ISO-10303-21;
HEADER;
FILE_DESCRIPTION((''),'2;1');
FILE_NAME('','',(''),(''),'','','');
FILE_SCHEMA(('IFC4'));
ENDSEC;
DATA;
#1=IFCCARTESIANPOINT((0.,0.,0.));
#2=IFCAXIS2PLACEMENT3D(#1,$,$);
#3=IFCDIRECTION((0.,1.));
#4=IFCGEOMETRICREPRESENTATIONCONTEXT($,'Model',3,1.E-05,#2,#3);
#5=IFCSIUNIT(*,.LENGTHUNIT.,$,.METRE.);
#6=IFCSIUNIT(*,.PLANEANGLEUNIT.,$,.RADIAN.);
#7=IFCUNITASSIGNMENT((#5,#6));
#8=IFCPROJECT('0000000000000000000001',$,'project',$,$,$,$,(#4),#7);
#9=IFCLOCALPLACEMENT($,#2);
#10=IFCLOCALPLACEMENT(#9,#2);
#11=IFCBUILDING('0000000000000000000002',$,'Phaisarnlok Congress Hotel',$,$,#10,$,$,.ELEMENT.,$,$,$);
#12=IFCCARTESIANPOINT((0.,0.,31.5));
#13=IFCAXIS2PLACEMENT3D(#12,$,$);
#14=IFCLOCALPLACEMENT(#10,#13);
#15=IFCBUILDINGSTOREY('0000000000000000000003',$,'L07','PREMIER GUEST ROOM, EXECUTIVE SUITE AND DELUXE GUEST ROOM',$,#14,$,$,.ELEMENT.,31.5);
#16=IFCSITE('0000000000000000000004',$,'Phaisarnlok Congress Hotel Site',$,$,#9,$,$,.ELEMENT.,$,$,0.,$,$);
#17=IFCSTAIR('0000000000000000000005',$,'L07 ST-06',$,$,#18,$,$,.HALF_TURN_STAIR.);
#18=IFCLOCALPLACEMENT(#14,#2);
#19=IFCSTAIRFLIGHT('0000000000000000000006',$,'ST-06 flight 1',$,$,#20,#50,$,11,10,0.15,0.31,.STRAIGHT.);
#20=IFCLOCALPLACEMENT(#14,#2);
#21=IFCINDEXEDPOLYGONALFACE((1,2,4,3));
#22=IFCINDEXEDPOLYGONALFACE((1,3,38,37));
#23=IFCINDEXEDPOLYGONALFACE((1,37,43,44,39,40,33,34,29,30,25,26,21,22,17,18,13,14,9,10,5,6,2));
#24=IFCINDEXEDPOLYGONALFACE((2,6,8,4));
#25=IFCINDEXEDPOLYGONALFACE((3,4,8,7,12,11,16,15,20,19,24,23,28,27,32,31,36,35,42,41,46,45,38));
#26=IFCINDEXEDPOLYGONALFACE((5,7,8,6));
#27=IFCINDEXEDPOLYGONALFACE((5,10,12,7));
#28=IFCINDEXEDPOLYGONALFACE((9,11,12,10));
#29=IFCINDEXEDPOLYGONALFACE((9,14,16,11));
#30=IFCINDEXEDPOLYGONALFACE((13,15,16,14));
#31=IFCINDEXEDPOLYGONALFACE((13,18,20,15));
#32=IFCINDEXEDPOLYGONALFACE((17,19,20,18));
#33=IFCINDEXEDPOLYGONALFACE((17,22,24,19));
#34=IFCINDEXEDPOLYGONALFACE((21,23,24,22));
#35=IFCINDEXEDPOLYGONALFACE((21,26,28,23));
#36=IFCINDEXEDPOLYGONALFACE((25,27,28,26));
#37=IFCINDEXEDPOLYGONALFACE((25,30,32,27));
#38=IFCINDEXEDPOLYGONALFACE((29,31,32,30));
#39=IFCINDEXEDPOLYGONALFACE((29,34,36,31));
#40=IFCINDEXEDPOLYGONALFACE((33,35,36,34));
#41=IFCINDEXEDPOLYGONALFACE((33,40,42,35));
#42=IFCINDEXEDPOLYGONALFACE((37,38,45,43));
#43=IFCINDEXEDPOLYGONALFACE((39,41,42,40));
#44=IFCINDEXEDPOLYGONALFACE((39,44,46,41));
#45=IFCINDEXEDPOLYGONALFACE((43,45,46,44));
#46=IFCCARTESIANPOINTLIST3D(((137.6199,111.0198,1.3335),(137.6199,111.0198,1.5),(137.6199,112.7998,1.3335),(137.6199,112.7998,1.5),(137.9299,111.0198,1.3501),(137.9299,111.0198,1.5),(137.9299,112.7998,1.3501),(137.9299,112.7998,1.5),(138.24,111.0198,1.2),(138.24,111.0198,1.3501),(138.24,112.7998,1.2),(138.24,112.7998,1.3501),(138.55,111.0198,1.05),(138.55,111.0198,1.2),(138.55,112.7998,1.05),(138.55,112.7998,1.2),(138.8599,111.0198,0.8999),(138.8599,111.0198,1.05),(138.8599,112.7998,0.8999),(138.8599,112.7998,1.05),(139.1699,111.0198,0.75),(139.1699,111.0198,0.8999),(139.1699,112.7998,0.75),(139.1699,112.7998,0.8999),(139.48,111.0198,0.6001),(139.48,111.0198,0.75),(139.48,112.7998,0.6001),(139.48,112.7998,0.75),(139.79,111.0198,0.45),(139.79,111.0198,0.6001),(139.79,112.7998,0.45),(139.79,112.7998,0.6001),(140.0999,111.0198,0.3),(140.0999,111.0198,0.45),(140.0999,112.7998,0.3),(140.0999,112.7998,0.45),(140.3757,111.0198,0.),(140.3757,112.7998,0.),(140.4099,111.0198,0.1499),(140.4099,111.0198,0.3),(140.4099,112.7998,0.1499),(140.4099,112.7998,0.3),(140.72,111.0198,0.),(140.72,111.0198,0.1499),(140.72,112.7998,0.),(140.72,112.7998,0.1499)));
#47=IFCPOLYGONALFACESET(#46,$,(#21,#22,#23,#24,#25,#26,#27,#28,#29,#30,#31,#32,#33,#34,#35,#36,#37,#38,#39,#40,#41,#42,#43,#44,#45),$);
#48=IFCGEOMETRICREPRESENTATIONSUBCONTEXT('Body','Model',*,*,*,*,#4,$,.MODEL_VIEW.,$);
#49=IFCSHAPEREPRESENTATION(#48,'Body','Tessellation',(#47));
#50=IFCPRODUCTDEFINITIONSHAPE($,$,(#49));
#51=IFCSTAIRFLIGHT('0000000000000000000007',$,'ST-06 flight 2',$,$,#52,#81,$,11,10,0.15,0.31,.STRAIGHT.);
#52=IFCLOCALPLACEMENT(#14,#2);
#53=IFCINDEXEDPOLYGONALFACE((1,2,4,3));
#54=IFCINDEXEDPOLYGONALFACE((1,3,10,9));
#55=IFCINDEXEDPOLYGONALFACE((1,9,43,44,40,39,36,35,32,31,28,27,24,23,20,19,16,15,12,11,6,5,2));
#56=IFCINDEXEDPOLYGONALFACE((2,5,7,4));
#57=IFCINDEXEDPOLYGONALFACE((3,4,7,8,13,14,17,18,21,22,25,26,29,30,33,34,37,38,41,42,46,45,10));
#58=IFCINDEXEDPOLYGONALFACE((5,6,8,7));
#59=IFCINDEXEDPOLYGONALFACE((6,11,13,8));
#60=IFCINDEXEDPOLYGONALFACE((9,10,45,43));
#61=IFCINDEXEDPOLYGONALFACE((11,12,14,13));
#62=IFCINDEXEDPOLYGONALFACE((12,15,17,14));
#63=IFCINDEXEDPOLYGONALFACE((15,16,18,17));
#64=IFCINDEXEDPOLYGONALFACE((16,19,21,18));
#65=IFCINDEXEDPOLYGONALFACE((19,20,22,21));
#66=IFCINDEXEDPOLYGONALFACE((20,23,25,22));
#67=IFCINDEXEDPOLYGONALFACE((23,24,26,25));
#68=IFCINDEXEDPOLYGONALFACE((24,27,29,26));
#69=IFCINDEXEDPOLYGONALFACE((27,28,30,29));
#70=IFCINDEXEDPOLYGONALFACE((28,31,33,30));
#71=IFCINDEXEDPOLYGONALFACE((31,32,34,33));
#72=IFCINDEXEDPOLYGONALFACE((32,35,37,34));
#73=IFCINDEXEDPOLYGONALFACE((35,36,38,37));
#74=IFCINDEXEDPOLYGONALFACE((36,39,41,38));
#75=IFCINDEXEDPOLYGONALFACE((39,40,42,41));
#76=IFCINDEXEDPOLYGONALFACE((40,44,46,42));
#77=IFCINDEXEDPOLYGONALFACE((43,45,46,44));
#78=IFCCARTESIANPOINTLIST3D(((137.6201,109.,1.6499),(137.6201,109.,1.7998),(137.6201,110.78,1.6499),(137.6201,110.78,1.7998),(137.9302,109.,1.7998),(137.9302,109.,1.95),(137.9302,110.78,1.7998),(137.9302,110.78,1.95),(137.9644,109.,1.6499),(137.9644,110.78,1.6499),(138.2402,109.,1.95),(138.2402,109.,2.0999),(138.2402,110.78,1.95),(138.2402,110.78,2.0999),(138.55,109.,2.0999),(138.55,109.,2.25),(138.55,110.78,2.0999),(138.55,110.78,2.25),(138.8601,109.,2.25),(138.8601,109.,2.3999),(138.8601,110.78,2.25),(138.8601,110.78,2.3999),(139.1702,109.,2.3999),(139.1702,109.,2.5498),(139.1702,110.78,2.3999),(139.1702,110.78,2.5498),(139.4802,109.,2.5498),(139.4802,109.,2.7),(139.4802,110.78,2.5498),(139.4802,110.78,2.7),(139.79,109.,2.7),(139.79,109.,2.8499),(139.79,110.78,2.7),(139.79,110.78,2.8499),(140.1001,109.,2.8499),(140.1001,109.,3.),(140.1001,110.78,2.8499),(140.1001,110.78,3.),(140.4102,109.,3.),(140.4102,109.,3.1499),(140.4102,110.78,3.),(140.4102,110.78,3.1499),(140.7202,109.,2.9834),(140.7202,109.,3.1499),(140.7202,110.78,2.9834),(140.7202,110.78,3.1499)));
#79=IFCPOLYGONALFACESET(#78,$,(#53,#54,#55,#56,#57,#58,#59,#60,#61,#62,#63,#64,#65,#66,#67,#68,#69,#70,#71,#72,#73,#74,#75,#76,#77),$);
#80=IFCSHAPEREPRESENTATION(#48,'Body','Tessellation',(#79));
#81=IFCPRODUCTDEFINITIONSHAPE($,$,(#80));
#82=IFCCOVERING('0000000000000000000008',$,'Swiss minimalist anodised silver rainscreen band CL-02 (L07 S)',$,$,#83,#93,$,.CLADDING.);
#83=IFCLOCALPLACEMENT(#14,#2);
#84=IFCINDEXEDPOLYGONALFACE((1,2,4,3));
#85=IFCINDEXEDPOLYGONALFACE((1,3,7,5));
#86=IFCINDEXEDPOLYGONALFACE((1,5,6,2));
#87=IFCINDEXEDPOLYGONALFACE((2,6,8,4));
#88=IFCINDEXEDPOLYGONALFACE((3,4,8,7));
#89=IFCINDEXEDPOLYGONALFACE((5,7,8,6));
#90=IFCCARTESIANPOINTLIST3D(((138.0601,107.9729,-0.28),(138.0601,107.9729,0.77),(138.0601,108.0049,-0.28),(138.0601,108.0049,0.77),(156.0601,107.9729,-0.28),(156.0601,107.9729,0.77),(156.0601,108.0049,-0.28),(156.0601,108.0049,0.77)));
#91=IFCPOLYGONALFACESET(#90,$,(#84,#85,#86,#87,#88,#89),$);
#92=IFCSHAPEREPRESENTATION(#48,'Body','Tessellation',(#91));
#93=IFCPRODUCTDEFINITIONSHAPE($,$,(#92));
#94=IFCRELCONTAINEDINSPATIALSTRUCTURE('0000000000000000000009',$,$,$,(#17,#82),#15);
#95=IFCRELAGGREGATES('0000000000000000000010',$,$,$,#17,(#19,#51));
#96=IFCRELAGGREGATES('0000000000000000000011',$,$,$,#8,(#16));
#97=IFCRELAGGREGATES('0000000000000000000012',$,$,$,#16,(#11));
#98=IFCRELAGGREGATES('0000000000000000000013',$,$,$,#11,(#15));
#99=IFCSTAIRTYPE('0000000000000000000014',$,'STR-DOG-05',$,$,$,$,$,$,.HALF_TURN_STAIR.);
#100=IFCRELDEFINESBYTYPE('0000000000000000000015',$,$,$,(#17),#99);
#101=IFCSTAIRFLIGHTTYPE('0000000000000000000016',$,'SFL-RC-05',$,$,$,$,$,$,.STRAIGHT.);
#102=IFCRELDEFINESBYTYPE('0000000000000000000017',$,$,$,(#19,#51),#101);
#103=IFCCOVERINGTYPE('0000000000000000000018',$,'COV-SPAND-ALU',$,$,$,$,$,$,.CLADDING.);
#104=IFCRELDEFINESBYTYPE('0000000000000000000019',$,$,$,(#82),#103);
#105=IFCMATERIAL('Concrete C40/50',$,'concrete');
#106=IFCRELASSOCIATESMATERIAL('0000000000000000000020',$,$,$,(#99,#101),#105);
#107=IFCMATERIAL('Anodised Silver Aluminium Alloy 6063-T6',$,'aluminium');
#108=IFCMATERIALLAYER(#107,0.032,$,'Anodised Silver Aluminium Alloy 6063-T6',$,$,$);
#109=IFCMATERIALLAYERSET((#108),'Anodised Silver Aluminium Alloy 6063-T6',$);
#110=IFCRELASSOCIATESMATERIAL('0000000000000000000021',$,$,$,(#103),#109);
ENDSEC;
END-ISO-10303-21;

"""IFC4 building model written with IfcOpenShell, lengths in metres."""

from ifc_helpers import new_model, si_unit, direction, frame, origin, place, context, subcontext, project, spatial, polyline, outline, extrude, material, layer, layer_set, type_object, element, aggregate, save


model = new_model("IFC4")

# Units and contexts
model_context = context("Model", 3, precision=1e-05, world=origin(), true_north=direction((0.0, 1.0)))
body_context = subcontext(model_context, "Body", "Model", "MODEL_VIEW")
ifc_project = project(units=[si_unit("LENGTHUNIT", "METRE"), si_unit("PLANEANGLEUNIT", "RADIAN")], contexts=[model_context])

# Site, building, storey
site_placement = place(None, origin())
site = spatial("IfcSite", under=ifc_project, at=site_placement, Name="Phaisarnlok Congress Hotel Site", CompositionType="ELEMENT", RefElevation=0.0)
building_placement = place(site_placement, origin())
building = spatial("IfcBuilding", under=site, at=building_placement, Name="Phaisarnlok Congress Hotel", CompositionType="ELEMENT")
storey_placement = place(building_placement, frame((0.0, 0.0, 31.5)))
storey = spatial("IfcBuildingStorey", under=building, at=storey_placement, Name="L07", Description="PREMIER GUEST ROOM, EXECUTIVE SUITE AND DELUXE GUEST ROOM", CompositionType="ELEMENT", Elevation=31.5)

# Shared definitions
ifc_material_1 = material(Name="Concrete C40/50", Category="concrete")

# Stair, stair flights
stair_type = type_object("IfcStairType", Name="STR-DOG-05", PredefinedType="HALF_TURN_STAIR", material=ifc_material_1)
stair_placement = place(storey_placement, origin())
stair = element("IfcStair", 1, at=stair_placement, inside=storey, type_object=stair_type, Name="L07 ST-06", PredefinedType="HALF_TURN_STAIR")
stair_flight_type = type_object("IfcStairFlightType", Name="SFL-RC-05", PredefinedType="STRAIGHT", material=ifc_material_1)
stair_flight_1_placement = place(storey_placement, frame((140.72, 111.9099, 0.0), z_axis=(0.0, 0.0, 1.0), x_axis=(-1.0, 0.0, 0.0)))
stair_flight_1 = element("IfcStairFlight", 2, at=stair_flight_1_placement, type_object=stair_flight_type, Name="ST-06 flight 1", NumberOfRisers=11, NumberOfTreads=10, PredefinedType="STRAIGHT", RiserHeight=0.15, TreadLength=0.31, context=body_context, shape_type="SweptSolid", body=[
    extrude(outline(polyline([(0.0, 0.0), (0.0, 0.1499), (0.3101, 0.1499), (0.3101, 0.3), (0.6201, 0.3), (0.6201, 0.45), (0.9299, 0.45), (0.9299, 0.6001), (1.24, 0.6001), (1.24, 0.75), (1.55, 0.75), (1.55, 0.8999), (1.8601, 0.8999), (1.8601, 1.05), (2.1699, 1.05), (2.1699, 1.2), (2.48, 1.2), (2.48, 1.3501), (2.79, 1.3501), (2.79, 1.5), (3.1001, 1.5), (3.1001, 1.6499), (3.1001, 1.3335), (0.3442, 0.0), (0.0, 0.0)])), frame((0.0, 0.8901, 0.0), z_axis=(0.0, -1.0, 0.0), x_axis=(1.0, 0.0, 0.0)), (0.0, 0.0, 1.0), 1.78),
])
stair_flight_2_placement = place(storey_placement, frame((137.6201, 109.8899, 1.6499), z_axis=(0.0, 0.0, 1.0), x_axis=(1.0, 0.0, 0.0)))
stair_flight_2 = element("IfcStairFlight", 3, at=stair_flight_2_placement, type_object=stair_flight_type, Name="ST-06 flight 2", NumberOfRisers=11, NumberOfTreads=10, PredefinedType="STRAIGHT", RiserHeight=0.15, TreadLength=0.31, context=body_context, shape_type="SweptSolid", body=[
    extrude(outline(polyline([(0.0, 0.0), (0.0, 0.1499), (0.3101, 0.1499), (0.3101, 0.3), (0.6201, 0.3), (0.6201, 0.45), (0.9299, 0.45), (0.9299, 0.6001), (1.24, 0.6001), (1.24, 0.75), (1.55, 0.75), (1.55, 0.8999), (1.8601, 0.8999), (1.8601, 1.05), (2.1699, 1.05), (2.1699, 1.2), (2.48, 1.2), (2.48, 1.3501), (2.79, 1.3501), (2.79, 1.5), (3.1001, 1.5), (3.1001, 1.6499), (3.1001, 1.3335), (0.3442, 0.0), (0.0, 0.0)])), frame((0.0, 0.8901, 0.0), z_axis=(0.0, -1.0, 0.0), x_axis=(1.0, 0.0, 0.0)), (0.0, 0.0, 1.0), 1.78),
])
aggregate(stair, [stair_flight_1, stair_flight_2])

# Covering
ifc_material_2 = material(Name="Anodised Silver Aluminium Alloy 6063-T6", Category="aluminium")
ifc_layer_1 = layer(ifc_material_2, 0.032, Name="Anodised Silver Aluminium Alloy 6063-T6")
ifc_layer_set_1 = layer_set([ifc_layer_1], Name="Anodised Silver Aluminium Alloy 6063-T6")
covering_type = type_object("IfcCoveringType", Name="COV-SPAND-ALU", PredefinedType="CLADDING", material=ifc_layer_set_1)
covering_placement = place(storey_placement, frame((138.0601, 108.0049, -0.28), z_axis=(0.0, -1.0, 0.0), x_axis=(1.0, 0.0, 0.0)))
element("IfcCovering", 4, at=covering_placement, inside=storey, type_object=covering_type, Name="Swiss minimalist anodised silver rainscreen band CL-02 (L07 S)", PredefinedType="CLADDING", context=body_context, shape_type="SweptSolid", body=[
    extrude(outline(polyline([(0.0, 0.0), (18.0, 0.0), (18.0, 1.05), (0.0, 1.05), (0.0, 0.0)])), origin(), (0.0, 0.0, 1.0), 0.032),
])

save(model, "model.ifc")
